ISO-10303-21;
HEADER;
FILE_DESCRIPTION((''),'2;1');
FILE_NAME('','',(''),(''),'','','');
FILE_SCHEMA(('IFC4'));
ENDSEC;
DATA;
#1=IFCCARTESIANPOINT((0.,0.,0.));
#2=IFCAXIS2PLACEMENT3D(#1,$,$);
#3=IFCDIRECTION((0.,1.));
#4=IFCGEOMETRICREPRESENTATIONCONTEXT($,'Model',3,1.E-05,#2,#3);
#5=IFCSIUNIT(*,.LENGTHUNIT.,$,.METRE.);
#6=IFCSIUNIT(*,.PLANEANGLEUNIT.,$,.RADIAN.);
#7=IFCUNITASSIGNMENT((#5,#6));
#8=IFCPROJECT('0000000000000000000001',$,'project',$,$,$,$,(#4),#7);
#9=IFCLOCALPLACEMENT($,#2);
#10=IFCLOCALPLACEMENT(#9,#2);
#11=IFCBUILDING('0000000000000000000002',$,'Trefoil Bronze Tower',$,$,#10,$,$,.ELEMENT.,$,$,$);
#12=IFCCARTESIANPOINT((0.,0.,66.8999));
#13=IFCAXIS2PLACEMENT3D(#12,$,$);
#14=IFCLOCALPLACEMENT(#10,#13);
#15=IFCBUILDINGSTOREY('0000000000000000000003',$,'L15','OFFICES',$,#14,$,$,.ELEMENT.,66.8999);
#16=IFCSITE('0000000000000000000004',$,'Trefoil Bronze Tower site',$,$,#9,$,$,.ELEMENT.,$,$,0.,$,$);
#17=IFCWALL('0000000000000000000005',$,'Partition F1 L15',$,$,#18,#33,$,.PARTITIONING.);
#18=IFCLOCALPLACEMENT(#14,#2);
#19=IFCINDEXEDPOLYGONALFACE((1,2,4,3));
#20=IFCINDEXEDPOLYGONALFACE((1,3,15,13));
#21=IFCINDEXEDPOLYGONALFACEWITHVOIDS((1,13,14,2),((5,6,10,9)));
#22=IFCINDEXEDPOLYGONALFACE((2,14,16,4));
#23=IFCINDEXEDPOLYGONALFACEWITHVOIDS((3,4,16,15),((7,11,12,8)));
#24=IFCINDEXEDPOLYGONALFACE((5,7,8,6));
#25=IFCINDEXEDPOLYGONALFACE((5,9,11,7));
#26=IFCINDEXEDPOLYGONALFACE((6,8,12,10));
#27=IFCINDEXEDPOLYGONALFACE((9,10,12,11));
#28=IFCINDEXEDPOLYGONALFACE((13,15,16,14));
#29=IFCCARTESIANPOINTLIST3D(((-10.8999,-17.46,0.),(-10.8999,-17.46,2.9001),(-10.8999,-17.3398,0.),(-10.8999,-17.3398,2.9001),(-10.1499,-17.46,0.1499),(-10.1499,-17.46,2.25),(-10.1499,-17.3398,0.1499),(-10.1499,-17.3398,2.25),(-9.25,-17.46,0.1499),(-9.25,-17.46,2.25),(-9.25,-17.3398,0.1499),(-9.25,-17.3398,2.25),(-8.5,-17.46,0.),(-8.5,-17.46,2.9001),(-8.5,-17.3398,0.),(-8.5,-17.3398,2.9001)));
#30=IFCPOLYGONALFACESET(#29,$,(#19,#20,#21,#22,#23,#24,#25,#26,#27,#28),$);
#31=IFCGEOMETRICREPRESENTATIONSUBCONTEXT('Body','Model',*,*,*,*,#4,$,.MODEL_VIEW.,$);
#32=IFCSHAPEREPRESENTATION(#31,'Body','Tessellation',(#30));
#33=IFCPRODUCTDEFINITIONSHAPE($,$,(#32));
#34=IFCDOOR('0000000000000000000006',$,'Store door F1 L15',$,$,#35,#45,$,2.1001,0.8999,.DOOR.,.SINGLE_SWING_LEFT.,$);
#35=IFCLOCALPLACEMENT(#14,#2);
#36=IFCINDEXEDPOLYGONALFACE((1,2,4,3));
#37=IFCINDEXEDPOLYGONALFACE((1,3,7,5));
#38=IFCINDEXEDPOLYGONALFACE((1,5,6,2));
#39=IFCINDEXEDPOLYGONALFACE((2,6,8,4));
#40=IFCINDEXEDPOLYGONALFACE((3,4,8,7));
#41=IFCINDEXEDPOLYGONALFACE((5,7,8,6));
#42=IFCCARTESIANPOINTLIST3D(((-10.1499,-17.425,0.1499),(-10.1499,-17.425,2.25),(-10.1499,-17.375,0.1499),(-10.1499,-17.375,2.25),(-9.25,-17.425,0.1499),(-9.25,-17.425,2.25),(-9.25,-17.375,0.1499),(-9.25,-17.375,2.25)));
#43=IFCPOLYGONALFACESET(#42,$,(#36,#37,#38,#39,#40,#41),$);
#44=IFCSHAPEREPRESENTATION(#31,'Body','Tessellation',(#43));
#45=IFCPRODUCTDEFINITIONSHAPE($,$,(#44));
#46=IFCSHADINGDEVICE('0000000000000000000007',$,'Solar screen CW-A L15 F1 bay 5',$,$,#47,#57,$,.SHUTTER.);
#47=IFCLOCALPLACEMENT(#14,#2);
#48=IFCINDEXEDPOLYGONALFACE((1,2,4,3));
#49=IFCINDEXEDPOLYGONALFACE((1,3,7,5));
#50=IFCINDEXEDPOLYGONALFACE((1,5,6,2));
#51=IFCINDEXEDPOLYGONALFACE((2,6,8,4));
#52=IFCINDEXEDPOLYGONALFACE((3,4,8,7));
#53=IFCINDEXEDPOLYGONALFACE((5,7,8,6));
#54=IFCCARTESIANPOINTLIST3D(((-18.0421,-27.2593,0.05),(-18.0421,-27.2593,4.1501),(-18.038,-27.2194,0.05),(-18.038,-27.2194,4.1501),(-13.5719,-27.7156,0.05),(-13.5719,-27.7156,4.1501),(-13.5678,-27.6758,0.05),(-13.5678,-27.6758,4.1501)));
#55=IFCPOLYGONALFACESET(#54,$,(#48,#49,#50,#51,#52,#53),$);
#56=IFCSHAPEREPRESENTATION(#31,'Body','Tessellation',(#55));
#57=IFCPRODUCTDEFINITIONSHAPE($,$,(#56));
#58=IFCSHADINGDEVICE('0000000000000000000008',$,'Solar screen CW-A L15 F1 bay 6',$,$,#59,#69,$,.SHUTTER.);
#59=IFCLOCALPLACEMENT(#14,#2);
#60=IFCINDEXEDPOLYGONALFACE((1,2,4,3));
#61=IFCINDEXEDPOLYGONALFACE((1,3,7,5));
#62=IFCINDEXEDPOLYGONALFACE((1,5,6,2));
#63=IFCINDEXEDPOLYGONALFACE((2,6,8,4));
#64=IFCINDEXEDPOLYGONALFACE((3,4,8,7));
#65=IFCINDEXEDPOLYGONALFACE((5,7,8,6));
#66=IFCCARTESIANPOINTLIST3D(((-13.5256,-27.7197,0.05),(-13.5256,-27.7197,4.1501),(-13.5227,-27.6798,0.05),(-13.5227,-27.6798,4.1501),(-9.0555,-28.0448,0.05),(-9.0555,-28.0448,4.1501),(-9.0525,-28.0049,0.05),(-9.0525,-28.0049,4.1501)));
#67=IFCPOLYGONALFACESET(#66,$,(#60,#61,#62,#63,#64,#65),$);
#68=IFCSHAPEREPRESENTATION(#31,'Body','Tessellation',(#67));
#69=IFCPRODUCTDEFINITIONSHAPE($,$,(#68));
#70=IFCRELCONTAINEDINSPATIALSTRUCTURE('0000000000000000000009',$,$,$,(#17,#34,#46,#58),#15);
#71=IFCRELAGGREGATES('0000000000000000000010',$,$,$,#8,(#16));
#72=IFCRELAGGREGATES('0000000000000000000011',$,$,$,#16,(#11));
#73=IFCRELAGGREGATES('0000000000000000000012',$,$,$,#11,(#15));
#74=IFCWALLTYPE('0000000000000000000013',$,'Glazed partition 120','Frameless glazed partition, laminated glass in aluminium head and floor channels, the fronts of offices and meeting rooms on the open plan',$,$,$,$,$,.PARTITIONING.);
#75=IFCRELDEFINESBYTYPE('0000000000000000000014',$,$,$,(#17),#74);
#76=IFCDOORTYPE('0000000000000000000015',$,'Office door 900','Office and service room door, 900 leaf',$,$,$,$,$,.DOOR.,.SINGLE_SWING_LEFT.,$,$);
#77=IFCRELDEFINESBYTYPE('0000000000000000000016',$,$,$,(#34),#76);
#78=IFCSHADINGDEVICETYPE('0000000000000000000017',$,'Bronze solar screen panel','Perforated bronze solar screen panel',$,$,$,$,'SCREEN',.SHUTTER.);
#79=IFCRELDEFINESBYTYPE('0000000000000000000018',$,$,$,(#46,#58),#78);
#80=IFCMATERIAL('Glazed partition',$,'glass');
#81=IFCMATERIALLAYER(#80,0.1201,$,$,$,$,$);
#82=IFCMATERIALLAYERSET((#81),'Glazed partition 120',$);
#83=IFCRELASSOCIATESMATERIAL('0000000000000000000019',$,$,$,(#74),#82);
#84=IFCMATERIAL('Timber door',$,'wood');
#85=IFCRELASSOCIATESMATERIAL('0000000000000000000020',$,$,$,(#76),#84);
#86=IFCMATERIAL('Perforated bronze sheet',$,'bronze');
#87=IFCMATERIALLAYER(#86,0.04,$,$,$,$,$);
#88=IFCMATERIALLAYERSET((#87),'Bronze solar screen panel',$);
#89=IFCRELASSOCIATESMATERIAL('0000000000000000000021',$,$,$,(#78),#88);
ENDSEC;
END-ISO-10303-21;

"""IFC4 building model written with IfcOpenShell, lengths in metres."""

from ifc_helpers import new_model, si_unit, direction, frame, frame_2d, origin, origin_2d, place, context, subcontext, project, spatial, rectangle, extrude, material, layer, layer_set, type_object, element, fill, save


model = new_model("IFC4")

# Units and contexts
model_context = context("Model", 3, precision=1e-05, world=origin(), true_north=direction((0.0, 1.0)))
body_context = subcontext(model_context, "Body", "Model", "MODEL_VIEW")
ifc_project = project(units=[si_unit("LENGTHUNIT", "METRE"), si_unit("PLANEANGLEUNIT", "RADIAN")], contexts=[model_context])

# Site, building, storey
site_placement = place(None, origin())
site = spatial("IfcSite", under=ifc_project, at=site_placement, Name="Trefoil Bronze Tower site", CompositionType="ELEMENT", RefElevation=0.0)
building_placement = place(site_placement, origin())
building = spatial("IfcBuilding", under=site, at=building_placement, Name="Trefoil Bronze Tower", CompositionType="ELEMENT")
storey_placement = place(building_placement, frame((0.0, 0.0, 66.8999)))
storey = spatial("IfcBuildingStorey", under=building, at=storey_placement, Name="L15", Description="OFFICES", CompositionType="ELEMENT", Elevation=66.8999)

# Wall, opening, door
ifc_material_1 = material(Name="Glazed partition", Category="glass")
ifc_layer_1 = layer(ifc_material_1, 0.1201)
ifc_layer_set_1 = layer_set([ifc_layer_1], Name="Glazed partition 120")
wall_type = type_object("IfcWallType", Name="Glazed partition 120", Description="Frameless glazed partition, laminated glass in aluminium head and floor channels, the fronts of offices and meeting rooms on the open plan", PredefinedType="PARTITIONING", material=ifc_layer_set_1)
wall_placement = place(storey_placement, frame((-10.8999, -17.3999, 0.0), z_axis=(0.0, 0.0, 1.0), x_axis=(1.0, 0.0, 0.0)))
wall = element("IfcWall", 1, at=wall_placement, inside=storey, type_object=wall_type, Name="Partition F1 L15", PredefinedType="PARTITIONING", context=body_context, shape_type="SweptSolid", body=[
    extrude(rectangle(XDim=2.3999, YDim=0.1201, at=frame_2d((1.2, 0.0))), origin(), (0.0, 0.0, 1.0), 2.9001),
])
opening_placement = place(wall_placement, frame((0.75, 0.0, 0.1499)))
opening = element("IfcOpeningElement", 2, at=opening_placement, cuts=wall, PredefinedType="OPENING", context=body_context, shape_type="SweptSolid", body=[
    extrude(rectangle(XDim=0.8999, YDim=2.1001, at=frame_2d((0.45, 1.05))), frame((0.0, 0.0701, 0.0), z_axis=(0.0, -1.0, 0.0), x_axis=(1.0, 0.0, 0.0)), (0.0, 0.0, 1.0), 0.1401),
])
ifc_material_2 = material(Name="Timber door", Category="wood")
door_type = type_object("IfcDoorType", Name="Office door 900", Description="Office and service room door, 900 leaf", OperationType="SINGLE_SWING_LEFT", PredefinedType="DOOR", material=ifc_material_2)
door_placement = place(opening_placement, origin())
door = element("IfcDoor", 3, at=door_placement, inside=storey, type_object=door_type, Name="Store door F1 L15", OperationType="SINGLE_SWING_LEFT", OverallHeight=2.1001, OverallWidth=0.8999, PredefinedType="DOOR", context=body_context, shape_type="SweptSolid", body=[
    extrude(rectangle(XDim=0.8999, YDim=2.1001, at=frame_2d((0.45, 1.05))), frame((0.0, 0.0249, 0.0), z_axis=(0.0, -1.0, 0.0), x_axis=(1.0, 0.0, 0.0)), (0.0, 0.0, 1.0), 0.05),
])
fill(opening, door)

# Shading devices
ifc_material_3 = material(Name="Perforated bronze sheet", Category="bronze")
ifc_layer_2 = layer(ifc_material_3, 0.04)
ifc_layer_set_2 = layer_set([ifc_layer_2], Name="Bronze solar screen panel")
shading_device_type = type_object("IfcShadingDeviceType", Name="Bronze solar screen panel", Description="Perforated bronze solar screen panel", ElementType="SCREEN", PredefinedType="SHUTTER", material=ifc_layer_set_2)
shading_device_1_placement = place(storey_placement, frame((-15.8049, -27.4675, 0.05), z_axis=(0.0, 0.0, 1.0), x_axis=(0.994829, -0.101565, 0.0)))
element("IfcShadingDevice", 4, at=shading_device_1_placement, inside=storey, type_object=shading_device_type, Name="Solar screen CW-A L15 F1 bay 5", PredefinedType="SHUTTER", context=body_context, shape_type="SweptSolid", body=[
    extrude(rectangle(XDim=4.4934, YDim=0.04, at=origin_2d()), origin(), (0.0, 0.0, 1.0), 4.1001),
])
shading_device_2_placement = place(storey_placement, frame((-11.2891, -27.8623, 0.05), z_axis=(0.0, 0.0, 1.0), x_axis=(0.997365, -0.072547, 0.0)))
element("IfcShadingDevice", 5, at=shading_device_2_placement, inside=storey, type_object=shading_device_type, Name="Solar screen CW-A L15 F1 bay 6", PredefinedType="SHUTTER", context=body_context, shape_type="SweptSolid", body=[
    extrude(rectangle(XDim=4.4819, YDim=0.04, at=origin_2d()), origin(), (0.0, 0.0, 1.0), 4.1001),
])

save(model, "model.ifc")
